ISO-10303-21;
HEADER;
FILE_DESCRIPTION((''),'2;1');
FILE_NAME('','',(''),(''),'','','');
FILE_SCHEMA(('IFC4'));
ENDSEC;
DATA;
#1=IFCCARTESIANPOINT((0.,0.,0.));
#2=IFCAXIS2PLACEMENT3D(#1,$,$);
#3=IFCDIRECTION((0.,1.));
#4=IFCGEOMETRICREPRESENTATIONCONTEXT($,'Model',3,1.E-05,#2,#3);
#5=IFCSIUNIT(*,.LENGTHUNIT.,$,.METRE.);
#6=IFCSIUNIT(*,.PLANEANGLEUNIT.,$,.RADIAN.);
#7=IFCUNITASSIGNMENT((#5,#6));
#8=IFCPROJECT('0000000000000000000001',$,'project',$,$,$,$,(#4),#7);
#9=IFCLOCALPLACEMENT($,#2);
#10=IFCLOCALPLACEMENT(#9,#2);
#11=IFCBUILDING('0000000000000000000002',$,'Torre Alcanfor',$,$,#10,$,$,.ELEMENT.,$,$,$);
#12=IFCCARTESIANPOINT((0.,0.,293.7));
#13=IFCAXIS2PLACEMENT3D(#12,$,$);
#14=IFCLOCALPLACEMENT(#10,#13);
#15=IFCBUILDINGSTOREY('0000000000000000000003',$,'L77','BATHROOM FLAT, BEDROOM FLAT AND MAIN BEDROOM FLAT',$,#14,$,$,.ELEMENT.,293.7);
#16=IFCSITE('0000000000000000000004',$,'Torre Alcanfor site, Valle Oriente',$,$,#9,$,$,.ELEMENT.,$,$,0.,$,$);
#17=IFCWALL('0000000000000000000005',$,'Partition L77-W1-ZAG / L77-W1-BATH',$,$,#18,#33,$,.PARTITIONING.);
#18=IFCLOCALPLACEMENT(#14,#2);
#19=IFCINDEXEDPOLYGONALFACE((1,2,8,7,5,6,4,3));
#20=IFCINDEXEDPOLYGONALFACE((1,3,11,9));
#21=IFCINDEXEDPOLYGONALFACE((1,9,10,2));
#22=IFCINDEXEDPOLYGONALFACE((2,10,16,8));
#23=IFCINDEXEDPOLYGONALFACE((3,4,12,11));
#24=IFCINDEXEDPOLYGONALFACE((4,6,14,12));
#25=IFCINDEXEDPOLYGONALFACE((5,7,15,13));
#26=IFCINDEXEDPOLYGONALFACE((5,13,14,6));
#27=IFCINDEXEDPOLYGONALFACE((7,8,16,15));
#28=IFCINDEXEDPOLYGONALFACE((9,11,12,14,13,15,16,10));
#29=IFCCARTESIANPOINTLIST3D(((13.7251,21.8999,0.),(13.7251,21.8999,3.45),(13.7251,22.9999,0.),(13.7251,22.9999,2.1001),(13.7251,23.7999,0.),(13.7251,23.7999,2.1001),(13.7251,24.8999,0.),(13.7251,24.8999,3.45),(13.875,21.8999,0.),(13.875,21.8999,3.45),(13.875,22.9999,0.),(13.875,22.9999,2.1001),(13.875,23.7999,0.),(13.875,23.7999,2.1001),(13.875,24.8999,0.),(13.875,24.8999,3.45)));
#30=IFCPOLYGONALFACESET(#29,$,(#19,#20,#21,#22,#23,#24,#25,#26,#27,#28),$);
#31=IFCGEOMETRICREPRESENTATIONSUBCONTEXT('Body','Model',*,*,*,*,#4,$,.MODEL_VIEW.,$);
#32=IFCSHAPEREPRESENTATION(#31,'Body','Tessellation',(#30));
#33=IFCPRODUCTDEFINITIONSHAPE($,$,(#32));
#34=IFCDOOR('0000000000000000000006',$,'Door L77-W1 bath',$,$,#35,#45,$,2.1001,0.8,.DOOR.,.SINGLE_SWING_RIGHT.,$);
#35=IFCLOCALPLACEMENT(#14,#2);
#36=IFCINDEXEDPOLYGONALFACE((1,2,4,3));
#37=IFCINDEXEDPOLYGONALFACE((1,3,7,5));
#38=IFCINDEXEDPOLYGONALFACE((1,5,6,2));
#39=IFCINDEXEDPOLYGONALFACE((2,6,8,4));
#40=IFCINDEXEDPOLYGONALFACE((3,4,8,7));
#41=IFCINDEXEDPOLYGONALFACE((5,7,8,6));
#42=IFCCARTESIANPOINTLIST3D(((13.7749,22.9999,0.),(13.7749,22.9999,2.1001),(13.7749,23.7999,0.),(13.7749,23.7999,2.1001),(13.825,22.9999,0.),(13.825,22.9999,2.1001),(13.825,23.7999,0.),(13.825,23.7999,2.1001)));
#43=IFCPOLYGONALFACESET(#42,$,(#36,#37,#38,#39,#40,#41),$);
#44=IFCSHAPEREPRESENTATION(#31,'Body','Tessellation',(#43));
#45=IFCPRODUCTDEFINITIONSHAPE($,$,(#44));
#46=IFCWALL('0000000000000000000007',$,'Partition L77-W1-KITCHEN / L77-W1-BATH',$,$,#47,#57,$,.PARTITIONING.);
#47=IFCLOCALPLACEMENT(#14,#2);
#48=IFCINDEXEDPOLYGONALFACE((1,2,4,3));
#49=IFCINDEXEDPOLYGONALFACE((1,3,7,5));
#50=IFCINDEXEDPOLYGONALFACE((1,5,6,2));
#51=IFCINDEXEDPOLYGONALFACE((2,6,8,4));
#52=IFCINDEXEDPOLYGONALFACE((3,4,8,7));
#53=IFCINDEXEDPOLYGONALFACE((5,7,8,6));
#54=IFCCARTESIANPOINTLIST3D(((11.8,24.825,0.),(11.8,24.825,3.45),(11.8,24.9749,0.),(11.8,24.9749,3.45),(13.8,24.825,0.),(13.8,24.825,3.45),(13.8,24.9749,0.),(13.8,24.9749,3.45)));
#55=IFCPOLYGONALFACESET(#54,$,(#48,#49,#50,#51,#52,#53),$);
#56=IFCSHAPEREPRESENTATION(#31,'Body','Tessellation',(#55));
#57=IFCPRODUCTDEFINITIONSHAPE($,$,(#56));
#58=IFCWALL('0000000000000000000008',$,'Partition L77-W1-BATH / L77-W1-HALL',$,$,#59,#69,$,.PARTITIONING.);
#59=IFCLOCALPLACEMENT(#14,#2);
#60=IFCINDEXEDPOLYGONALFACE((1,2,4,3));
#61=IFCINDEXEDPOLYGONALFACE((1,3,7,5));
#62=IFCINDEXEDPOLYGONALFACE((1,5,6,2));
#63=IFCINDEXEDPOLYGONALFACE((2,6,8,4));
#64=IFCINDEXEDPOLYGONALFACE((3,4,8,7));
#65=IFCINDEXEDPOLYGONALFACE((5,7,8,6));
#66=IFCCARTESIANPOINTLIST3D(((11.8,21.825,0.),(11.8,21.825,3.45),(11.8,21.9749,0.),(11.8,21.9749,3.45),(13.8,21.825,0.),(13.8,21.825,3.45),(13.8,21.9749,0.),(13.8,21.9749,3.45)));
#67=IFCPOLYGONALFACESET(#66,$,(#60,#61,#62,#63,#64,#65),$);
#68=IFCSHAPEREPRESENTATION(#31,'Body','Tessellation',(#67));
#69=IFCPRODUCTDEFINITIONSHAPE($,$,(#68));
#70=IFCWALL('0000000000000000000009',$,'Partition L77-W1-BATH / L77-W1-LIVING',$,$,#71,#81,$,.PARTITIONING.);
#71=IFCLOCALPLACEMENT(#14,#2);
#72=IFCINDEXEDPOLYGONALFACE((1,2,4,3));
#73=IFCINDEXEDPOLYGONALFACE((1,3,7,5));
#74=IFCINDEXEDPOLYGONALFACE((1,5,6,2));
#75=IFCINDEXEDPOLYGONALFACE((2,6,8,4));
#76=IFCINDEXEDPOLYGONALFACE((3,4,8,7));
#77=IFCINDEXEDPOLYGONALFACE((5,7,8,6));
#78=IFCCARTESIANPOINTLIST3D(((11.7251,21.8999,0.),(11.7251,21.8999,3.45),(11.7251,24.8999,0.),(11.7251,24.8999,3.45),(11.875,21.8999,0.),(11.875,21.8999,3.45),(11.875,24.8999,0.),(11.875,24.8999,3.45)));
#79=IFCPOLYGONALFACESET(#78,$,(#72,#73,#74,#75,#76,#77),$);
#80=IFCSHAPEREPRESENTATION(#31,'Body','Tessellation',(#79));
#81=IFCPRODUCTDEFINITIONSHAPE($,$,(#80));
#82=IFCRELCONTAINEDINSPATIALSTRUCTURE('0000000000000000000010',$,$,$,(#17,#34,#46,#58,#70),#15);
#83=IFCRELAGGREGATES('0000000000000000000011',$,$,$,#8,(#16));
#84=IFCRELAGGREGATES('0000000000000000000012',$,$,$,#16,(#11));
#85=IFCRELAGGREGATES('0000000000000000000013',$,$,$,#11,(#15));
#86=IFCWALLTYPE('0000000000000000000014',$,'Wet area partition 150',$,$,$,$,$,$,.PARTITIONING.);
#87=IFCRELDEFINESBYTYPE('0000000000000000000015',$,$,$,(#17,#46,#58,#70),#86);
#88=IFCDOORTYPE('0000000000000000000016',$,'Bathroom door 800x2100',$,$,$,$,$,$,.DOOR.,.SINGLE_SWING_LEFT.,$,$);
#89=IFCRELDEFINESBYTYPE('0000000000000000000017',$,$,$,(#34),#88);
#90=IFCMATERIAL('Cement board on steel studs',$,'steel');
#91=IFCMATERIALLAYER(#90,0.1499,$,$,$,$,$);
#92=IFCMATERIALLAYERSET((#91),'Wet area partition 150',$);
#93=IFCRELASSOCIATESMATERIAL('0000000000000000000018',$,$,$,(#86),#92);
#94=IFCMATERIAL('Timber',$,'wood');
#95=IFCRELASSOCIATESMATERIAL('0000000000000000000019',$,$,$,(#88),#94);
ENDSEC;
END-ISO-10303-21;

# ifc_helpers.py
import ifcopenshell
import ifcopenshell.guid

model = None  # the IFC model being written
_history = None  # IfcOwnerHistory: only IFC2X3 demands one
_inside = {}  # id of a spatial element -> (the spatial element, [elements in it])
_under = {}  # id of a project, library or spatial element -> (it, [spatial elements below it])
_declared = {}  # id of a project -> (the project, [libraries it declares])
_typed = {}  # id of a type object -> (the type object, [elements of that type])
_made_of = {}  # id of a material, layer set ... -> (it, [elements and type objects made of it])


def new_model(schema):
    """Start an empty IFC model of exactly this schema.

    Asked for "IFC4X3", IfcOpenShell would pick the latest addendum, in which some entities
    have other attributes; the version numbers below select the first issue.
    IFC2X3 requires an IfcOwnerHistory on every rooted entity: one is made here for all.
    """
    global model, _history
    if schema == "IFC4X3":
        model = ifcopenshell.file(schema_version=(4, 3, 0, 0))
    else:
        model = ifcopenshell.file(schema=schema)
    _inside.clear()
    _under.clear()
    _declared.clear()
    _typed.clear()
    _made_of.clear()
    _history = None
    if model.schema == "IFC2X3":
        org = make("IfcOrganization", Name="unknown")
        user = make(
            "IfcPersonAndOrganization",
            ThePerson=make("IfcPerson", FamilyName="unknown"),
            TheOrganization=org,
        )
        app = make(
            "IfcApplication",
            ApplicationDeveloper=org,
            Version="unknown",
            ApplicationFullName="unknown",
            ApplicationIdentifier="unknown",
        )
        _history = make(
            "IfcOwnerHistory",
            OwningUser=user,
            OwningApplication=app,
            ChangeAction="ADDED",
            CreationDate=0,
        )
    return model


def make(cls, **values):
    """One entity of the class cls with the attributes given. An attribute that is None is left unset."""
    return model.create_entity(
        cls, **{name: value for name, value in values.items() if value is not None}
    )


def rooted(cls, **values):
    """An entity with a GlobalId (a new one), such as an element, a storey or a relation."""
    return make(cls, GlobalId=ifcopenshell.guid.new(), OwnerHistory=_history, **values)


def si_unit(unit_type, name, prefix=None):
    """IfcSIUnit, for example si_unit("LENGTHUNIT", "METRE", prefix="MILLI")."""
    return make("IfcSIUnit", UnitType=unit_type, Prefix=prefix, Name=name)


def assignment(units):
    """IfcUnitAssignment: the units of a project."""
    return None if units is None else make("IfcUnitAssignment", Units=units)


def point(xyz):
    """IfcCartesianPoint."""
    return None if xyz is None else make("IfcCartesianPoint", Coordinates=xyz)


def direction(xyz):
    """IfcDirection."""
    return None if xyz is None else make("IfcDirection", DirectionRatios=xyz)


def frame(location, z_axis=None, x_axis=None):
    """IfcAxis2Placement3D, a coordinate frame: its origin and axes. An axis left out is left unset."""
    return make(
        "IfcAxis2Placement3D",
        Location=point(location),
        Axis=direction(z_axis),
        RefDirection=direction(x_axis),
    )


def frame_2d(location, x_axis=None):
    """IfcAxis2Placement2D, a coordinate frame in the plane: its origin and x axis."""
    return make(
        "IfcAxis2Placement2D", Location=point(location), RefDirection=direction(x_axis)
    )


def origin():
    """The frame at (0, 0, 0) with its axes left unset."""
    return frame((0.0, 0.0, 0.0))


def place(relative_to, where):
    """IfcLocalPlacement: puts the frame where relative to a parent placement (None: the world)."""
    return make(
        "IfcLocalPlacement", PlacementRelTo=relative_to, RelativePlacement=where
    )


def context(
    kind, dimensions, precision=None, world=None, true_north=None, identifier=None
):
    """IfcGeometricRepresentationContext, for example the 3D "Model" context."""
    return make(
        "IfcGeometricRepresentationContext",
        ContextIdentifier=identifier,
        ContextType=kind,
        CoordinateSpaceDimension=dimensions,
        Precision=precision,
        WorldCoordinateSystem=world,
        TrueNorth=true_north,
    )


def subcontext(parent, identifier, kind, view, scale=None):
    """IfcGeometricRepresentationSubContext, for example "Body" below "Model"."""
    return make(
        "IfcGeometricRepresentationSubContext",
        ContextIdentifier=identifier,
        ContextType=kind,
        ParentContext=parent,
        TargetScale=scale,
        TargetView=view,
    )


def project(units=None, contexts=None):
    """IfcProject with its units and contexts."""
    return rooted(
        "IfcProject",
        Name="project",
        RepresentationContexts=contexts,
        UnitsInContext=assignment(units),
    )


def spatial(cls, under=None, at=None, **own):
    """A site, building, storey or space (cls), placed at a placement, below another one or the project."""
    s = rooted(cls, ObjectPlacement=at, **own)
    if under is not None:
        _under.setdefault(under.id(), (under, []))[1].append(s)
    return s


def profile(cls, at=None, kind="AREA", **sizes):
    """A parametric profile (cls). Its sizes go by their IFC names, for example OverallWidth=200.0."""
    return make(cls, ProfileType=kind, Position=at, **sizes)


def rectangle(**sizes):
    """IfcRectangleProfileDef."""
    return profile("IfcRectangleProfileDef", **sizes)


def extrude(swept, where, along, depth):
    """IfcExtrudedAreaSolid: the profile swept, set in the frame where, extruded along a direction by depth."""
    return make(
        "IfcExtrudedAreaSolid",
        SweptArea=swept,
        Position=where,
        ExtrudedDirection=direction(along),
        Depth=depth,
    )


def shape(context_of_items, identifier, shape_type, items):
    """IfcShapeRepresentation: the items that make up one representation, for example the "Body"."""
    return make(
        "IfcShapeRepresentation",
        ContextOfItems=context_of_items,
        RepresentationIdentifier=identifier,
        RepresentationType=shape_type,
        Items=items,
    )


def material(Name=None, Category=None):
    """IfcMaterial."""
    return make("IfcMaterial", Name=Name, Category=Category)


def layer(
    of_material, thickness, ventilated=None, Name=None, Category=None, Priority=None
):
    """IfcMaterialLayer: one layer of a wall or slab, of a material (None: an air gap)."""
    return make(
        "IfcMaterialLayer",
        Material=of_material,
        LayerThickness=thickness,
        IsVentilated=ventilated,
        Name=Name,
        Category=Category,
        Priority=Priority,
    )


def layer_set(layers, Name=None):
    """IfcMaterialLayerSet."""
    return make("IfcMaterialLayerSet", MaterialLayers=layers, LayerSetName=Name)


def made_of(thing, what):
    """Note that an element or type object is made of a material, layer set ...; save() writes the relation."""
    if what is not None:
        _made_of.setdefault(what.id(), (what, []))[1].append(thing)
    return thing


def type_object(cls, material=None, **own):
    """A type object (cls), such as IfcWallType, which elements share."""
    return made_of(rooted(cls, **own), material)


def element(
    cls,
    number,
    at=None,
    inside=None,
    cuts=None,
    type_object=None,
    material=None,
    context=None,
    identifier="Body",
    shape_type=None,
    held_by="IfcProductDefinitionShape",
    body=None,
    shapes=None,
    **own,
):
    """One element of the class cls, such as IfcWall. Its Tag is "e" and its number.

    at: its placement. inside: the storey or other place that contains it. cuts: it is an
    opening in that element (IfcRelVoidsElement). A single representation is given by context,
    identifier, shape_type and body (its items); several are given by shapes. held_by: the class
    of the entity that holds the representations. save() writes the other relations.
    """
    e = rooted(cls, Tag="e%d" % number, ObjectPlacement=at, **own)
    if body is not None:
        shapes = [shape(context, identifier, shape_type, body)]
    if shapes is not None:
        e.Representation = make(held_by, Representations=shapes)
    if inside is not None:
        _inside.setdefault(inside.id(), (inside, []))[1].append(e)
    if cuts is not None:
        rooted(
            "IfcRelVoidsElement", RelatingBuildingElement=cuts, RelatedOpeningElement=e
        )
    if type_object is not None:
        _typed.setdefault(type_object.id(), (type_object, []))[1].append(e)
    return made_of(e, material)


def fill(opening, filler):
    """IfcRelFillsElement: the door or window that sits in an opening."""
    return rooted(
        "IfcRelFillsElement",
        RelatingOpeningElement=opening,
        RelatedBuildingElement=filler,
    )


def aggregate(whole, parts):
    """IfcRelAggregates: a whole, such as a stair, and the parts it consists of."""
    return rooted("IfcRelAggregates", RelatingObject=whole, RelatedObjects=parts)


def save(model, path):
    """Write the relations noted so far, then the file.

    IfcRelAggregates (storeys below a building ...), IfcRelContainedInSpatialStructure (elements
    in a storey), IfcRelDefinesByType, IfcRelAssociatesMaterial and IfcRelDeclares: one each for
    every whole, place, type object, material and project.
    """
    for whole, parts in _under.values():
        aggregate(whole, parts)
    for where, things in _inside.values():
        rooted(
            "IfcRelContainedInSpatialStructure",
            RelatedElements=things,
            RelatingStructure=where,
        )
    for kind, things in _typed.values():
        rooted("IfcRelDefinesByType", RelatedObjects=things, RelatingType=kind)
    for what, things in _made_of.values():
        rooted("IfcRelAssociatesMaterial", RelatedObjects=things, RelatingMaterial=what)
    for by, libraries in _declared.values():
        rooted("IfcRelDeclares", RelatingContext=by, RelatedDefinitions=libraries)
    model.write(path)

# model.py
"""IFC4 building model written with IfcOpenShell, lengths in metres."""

from ifc_helpers import new_model, si_unit, direction, frame, frame_2d, origin, place, context, subcontext, project, spatial, rectangle, extrude, material, layer, layer_set, type_object, element, fill, save


model = new_model("IFC4")

# Units and contexts
model_context = context("Model", 3, precision=1e-05, world=origin(), true_north=direction((0.0, 1.0)))
body_context = subcontext(model_context, "Body", "Model", "MODEL_VIEW")
ifc_project = project(units=[si_unit("LENGTHUNIT", "METRE"), si_unit("PLANEANGLEUNIT", "RADIAN")], contexts=[model_context])

# Site, building, storey
site_placement = place(None, origin())
site = spatial("IfcSite", under=ifc_project, at=site_placement, Name="Torre Alcanfor site, Valle Oriente", CompositionType="ELEMENT", RefElevation=0.0)
building_placement = place(site_placement, origin())
building = spatial("IfcBuilding", under=site, at=building_placement, Name="Torre Alcanfor", CompositionType="ELEMENT")
storey_placement = place(building_placement, frame((0.0, 0.0, 293.7)))
storey = spatial("IfcBuildingStorey", under=building, at=storey_placement, Name="L77", Description="BATHROOM FLAT, BEDROOM FLAT AND MAIN BEDROOM FLAT", CompositionType="ELEMENT", Elevation=293.7)

# Wall, opening, door
ifc_material_1 = material(Name="Cement board on steel studs", Category="steel")
ifc_layer_1 = layer(ifc_material_1, 0.1499)
ifc_layer_set_1 = layer_set([ifc_layer_1], Name="Wet area partition 150")
wall_type_1 = type_object("IfcWallType", Name="Wet area partition 150", PredefinedType="PARTITIONING", material=ifc_layer_set_1)
wall_1_placement = place(storey_placement, frame((13.8, 24.8999, 0.0), z_axis=(0.0, 0.0, 1.0), x_axis=(0.0, -1.0, 0.0)))
wall_1 = element("IfcWall", 1, at=wall_1_placement, inside=storey, type_object=wall_type_1, Name="Partition L77-W1-ZAG / L77-W1-BATH", PredefinedType="PARTITIONING", context=body_context, shape_type="SweptSolid", body=[
    extrude(rectangle(XDim=3.0, YDim=0.1499, at=frame_2d((1.5, 0.0))), origin(), (0.0, 0.0, 1.0), 3.45),
])
opening_1_placement = place(wall_1_placement, frame((1.1001, 0.0, 0.0)))
opening_1 = element("IfcOpeningElement", 2, at=opening_1_placement, cuts=wall_1, PredefinedType="OPENING", context=body_context, shape_type="SweptSolid", body=[
    extrude(rectangle(XDim=0.8, YDim=2.1001, at=frame_2d((0.3999, 1.05))), frame((0.0, 0.085, 0.0), z_axis=(0.0, -1.0, 0.0), x_axis=(1.0, 0.0, 0.0)), (0.0, 0.0, 1.0), 0.1699),
])
ifc_material_2 = material(Name="Timber", Category="wood")
door_type_1 = type_object("IfcDoorType", Name="Bathroom door 800x2100", OperationType="SINGLE_SWING_LEFT", PredefinedType="DOOR", material=ifc_material_2)
door_1_placement = place(opening_1_placement, frame((0.8, 0.0, 0.0), z_axis=(0.0, 0.0, 1.0), x_axis=(-1.0, 0.0, 0.0)))
door_1 = element("IfcDoor", 3, at=door_1_placement, inside=storey, type_object=door_type_1, Name="Door L77-W1 bath", OperationType="SINGLE_SWING_RIGHT", OverallHeight=2.1001, OverallWidth=0.8, PredefinedType="DOOR", context=body_context, shape_type="SweptSolid", body=[
    extrude(rectangle(XDim=0.8, YDim=2.1001, at=frame_2d((0.4001, 1.05))), frame((0.0, 0.0251, 0.0), z_axis=(0.0, -1.0, 0.0), x_axis=(1.0, 0.0, 0.0)), (0.0, 0.0, 1.0), 0.05),
])
fill(opening_1, door_1)

# Walls
for number, where, z_axis, x_axis, name in (
    (4, (11.8, 24.8999, 0.0), (0.0, 0.0, 1.0), (1.0, 0.0, 0.0), "Partition L77-W1-KITCHEN / L77-W1-BATH"),
    (5, (11.8, 21.8999, 0.0), (0.0, 0.0, 1.0), (1.0, 0.0, 0.0), "Partition L77-W1-BATH / L77-W1-HALL"),
):
    element("IfcWall", number, at=place(storey_placement, frame(where, z_axis=z_axis, x_axis=x_axis)), inside=storey, type_object=wall_type_1, Name=name, PredefinedType="PARTITIONING", context=body_context, shape_type="SweptSolid", body=[
        extrude(rectangle(XDim=2.0, YDim=0.1499, at=frame_2d((1.0, 0.0))), origin(), (0.0, 0.0, 1.0), 3.45),
    ])
wall_2_placement = place(storey_placement, frame((11.8, 24.8999, 0.0), z_axis=(0.0, 0.0, 1.0), x_axis=(0.0, -1.0, 0.0)))
element("IfcWall", 6, at=wall_2_placement, inside=storey, type_object=wall_type_1, Name="Partition L77-W1-BATH / L77-W1-LIVING", PredefinedType="PARTITIONING", context=body_context, shape_type="SweptSolid", body=[
    extrude(rectangle(XDim=3.0, YDim=0.1499, at=frame_2d((1.5, 0.0))), origin(), (0.0, 0.0, 1.0), 3.45),
])

save(model, "model.ifc")
